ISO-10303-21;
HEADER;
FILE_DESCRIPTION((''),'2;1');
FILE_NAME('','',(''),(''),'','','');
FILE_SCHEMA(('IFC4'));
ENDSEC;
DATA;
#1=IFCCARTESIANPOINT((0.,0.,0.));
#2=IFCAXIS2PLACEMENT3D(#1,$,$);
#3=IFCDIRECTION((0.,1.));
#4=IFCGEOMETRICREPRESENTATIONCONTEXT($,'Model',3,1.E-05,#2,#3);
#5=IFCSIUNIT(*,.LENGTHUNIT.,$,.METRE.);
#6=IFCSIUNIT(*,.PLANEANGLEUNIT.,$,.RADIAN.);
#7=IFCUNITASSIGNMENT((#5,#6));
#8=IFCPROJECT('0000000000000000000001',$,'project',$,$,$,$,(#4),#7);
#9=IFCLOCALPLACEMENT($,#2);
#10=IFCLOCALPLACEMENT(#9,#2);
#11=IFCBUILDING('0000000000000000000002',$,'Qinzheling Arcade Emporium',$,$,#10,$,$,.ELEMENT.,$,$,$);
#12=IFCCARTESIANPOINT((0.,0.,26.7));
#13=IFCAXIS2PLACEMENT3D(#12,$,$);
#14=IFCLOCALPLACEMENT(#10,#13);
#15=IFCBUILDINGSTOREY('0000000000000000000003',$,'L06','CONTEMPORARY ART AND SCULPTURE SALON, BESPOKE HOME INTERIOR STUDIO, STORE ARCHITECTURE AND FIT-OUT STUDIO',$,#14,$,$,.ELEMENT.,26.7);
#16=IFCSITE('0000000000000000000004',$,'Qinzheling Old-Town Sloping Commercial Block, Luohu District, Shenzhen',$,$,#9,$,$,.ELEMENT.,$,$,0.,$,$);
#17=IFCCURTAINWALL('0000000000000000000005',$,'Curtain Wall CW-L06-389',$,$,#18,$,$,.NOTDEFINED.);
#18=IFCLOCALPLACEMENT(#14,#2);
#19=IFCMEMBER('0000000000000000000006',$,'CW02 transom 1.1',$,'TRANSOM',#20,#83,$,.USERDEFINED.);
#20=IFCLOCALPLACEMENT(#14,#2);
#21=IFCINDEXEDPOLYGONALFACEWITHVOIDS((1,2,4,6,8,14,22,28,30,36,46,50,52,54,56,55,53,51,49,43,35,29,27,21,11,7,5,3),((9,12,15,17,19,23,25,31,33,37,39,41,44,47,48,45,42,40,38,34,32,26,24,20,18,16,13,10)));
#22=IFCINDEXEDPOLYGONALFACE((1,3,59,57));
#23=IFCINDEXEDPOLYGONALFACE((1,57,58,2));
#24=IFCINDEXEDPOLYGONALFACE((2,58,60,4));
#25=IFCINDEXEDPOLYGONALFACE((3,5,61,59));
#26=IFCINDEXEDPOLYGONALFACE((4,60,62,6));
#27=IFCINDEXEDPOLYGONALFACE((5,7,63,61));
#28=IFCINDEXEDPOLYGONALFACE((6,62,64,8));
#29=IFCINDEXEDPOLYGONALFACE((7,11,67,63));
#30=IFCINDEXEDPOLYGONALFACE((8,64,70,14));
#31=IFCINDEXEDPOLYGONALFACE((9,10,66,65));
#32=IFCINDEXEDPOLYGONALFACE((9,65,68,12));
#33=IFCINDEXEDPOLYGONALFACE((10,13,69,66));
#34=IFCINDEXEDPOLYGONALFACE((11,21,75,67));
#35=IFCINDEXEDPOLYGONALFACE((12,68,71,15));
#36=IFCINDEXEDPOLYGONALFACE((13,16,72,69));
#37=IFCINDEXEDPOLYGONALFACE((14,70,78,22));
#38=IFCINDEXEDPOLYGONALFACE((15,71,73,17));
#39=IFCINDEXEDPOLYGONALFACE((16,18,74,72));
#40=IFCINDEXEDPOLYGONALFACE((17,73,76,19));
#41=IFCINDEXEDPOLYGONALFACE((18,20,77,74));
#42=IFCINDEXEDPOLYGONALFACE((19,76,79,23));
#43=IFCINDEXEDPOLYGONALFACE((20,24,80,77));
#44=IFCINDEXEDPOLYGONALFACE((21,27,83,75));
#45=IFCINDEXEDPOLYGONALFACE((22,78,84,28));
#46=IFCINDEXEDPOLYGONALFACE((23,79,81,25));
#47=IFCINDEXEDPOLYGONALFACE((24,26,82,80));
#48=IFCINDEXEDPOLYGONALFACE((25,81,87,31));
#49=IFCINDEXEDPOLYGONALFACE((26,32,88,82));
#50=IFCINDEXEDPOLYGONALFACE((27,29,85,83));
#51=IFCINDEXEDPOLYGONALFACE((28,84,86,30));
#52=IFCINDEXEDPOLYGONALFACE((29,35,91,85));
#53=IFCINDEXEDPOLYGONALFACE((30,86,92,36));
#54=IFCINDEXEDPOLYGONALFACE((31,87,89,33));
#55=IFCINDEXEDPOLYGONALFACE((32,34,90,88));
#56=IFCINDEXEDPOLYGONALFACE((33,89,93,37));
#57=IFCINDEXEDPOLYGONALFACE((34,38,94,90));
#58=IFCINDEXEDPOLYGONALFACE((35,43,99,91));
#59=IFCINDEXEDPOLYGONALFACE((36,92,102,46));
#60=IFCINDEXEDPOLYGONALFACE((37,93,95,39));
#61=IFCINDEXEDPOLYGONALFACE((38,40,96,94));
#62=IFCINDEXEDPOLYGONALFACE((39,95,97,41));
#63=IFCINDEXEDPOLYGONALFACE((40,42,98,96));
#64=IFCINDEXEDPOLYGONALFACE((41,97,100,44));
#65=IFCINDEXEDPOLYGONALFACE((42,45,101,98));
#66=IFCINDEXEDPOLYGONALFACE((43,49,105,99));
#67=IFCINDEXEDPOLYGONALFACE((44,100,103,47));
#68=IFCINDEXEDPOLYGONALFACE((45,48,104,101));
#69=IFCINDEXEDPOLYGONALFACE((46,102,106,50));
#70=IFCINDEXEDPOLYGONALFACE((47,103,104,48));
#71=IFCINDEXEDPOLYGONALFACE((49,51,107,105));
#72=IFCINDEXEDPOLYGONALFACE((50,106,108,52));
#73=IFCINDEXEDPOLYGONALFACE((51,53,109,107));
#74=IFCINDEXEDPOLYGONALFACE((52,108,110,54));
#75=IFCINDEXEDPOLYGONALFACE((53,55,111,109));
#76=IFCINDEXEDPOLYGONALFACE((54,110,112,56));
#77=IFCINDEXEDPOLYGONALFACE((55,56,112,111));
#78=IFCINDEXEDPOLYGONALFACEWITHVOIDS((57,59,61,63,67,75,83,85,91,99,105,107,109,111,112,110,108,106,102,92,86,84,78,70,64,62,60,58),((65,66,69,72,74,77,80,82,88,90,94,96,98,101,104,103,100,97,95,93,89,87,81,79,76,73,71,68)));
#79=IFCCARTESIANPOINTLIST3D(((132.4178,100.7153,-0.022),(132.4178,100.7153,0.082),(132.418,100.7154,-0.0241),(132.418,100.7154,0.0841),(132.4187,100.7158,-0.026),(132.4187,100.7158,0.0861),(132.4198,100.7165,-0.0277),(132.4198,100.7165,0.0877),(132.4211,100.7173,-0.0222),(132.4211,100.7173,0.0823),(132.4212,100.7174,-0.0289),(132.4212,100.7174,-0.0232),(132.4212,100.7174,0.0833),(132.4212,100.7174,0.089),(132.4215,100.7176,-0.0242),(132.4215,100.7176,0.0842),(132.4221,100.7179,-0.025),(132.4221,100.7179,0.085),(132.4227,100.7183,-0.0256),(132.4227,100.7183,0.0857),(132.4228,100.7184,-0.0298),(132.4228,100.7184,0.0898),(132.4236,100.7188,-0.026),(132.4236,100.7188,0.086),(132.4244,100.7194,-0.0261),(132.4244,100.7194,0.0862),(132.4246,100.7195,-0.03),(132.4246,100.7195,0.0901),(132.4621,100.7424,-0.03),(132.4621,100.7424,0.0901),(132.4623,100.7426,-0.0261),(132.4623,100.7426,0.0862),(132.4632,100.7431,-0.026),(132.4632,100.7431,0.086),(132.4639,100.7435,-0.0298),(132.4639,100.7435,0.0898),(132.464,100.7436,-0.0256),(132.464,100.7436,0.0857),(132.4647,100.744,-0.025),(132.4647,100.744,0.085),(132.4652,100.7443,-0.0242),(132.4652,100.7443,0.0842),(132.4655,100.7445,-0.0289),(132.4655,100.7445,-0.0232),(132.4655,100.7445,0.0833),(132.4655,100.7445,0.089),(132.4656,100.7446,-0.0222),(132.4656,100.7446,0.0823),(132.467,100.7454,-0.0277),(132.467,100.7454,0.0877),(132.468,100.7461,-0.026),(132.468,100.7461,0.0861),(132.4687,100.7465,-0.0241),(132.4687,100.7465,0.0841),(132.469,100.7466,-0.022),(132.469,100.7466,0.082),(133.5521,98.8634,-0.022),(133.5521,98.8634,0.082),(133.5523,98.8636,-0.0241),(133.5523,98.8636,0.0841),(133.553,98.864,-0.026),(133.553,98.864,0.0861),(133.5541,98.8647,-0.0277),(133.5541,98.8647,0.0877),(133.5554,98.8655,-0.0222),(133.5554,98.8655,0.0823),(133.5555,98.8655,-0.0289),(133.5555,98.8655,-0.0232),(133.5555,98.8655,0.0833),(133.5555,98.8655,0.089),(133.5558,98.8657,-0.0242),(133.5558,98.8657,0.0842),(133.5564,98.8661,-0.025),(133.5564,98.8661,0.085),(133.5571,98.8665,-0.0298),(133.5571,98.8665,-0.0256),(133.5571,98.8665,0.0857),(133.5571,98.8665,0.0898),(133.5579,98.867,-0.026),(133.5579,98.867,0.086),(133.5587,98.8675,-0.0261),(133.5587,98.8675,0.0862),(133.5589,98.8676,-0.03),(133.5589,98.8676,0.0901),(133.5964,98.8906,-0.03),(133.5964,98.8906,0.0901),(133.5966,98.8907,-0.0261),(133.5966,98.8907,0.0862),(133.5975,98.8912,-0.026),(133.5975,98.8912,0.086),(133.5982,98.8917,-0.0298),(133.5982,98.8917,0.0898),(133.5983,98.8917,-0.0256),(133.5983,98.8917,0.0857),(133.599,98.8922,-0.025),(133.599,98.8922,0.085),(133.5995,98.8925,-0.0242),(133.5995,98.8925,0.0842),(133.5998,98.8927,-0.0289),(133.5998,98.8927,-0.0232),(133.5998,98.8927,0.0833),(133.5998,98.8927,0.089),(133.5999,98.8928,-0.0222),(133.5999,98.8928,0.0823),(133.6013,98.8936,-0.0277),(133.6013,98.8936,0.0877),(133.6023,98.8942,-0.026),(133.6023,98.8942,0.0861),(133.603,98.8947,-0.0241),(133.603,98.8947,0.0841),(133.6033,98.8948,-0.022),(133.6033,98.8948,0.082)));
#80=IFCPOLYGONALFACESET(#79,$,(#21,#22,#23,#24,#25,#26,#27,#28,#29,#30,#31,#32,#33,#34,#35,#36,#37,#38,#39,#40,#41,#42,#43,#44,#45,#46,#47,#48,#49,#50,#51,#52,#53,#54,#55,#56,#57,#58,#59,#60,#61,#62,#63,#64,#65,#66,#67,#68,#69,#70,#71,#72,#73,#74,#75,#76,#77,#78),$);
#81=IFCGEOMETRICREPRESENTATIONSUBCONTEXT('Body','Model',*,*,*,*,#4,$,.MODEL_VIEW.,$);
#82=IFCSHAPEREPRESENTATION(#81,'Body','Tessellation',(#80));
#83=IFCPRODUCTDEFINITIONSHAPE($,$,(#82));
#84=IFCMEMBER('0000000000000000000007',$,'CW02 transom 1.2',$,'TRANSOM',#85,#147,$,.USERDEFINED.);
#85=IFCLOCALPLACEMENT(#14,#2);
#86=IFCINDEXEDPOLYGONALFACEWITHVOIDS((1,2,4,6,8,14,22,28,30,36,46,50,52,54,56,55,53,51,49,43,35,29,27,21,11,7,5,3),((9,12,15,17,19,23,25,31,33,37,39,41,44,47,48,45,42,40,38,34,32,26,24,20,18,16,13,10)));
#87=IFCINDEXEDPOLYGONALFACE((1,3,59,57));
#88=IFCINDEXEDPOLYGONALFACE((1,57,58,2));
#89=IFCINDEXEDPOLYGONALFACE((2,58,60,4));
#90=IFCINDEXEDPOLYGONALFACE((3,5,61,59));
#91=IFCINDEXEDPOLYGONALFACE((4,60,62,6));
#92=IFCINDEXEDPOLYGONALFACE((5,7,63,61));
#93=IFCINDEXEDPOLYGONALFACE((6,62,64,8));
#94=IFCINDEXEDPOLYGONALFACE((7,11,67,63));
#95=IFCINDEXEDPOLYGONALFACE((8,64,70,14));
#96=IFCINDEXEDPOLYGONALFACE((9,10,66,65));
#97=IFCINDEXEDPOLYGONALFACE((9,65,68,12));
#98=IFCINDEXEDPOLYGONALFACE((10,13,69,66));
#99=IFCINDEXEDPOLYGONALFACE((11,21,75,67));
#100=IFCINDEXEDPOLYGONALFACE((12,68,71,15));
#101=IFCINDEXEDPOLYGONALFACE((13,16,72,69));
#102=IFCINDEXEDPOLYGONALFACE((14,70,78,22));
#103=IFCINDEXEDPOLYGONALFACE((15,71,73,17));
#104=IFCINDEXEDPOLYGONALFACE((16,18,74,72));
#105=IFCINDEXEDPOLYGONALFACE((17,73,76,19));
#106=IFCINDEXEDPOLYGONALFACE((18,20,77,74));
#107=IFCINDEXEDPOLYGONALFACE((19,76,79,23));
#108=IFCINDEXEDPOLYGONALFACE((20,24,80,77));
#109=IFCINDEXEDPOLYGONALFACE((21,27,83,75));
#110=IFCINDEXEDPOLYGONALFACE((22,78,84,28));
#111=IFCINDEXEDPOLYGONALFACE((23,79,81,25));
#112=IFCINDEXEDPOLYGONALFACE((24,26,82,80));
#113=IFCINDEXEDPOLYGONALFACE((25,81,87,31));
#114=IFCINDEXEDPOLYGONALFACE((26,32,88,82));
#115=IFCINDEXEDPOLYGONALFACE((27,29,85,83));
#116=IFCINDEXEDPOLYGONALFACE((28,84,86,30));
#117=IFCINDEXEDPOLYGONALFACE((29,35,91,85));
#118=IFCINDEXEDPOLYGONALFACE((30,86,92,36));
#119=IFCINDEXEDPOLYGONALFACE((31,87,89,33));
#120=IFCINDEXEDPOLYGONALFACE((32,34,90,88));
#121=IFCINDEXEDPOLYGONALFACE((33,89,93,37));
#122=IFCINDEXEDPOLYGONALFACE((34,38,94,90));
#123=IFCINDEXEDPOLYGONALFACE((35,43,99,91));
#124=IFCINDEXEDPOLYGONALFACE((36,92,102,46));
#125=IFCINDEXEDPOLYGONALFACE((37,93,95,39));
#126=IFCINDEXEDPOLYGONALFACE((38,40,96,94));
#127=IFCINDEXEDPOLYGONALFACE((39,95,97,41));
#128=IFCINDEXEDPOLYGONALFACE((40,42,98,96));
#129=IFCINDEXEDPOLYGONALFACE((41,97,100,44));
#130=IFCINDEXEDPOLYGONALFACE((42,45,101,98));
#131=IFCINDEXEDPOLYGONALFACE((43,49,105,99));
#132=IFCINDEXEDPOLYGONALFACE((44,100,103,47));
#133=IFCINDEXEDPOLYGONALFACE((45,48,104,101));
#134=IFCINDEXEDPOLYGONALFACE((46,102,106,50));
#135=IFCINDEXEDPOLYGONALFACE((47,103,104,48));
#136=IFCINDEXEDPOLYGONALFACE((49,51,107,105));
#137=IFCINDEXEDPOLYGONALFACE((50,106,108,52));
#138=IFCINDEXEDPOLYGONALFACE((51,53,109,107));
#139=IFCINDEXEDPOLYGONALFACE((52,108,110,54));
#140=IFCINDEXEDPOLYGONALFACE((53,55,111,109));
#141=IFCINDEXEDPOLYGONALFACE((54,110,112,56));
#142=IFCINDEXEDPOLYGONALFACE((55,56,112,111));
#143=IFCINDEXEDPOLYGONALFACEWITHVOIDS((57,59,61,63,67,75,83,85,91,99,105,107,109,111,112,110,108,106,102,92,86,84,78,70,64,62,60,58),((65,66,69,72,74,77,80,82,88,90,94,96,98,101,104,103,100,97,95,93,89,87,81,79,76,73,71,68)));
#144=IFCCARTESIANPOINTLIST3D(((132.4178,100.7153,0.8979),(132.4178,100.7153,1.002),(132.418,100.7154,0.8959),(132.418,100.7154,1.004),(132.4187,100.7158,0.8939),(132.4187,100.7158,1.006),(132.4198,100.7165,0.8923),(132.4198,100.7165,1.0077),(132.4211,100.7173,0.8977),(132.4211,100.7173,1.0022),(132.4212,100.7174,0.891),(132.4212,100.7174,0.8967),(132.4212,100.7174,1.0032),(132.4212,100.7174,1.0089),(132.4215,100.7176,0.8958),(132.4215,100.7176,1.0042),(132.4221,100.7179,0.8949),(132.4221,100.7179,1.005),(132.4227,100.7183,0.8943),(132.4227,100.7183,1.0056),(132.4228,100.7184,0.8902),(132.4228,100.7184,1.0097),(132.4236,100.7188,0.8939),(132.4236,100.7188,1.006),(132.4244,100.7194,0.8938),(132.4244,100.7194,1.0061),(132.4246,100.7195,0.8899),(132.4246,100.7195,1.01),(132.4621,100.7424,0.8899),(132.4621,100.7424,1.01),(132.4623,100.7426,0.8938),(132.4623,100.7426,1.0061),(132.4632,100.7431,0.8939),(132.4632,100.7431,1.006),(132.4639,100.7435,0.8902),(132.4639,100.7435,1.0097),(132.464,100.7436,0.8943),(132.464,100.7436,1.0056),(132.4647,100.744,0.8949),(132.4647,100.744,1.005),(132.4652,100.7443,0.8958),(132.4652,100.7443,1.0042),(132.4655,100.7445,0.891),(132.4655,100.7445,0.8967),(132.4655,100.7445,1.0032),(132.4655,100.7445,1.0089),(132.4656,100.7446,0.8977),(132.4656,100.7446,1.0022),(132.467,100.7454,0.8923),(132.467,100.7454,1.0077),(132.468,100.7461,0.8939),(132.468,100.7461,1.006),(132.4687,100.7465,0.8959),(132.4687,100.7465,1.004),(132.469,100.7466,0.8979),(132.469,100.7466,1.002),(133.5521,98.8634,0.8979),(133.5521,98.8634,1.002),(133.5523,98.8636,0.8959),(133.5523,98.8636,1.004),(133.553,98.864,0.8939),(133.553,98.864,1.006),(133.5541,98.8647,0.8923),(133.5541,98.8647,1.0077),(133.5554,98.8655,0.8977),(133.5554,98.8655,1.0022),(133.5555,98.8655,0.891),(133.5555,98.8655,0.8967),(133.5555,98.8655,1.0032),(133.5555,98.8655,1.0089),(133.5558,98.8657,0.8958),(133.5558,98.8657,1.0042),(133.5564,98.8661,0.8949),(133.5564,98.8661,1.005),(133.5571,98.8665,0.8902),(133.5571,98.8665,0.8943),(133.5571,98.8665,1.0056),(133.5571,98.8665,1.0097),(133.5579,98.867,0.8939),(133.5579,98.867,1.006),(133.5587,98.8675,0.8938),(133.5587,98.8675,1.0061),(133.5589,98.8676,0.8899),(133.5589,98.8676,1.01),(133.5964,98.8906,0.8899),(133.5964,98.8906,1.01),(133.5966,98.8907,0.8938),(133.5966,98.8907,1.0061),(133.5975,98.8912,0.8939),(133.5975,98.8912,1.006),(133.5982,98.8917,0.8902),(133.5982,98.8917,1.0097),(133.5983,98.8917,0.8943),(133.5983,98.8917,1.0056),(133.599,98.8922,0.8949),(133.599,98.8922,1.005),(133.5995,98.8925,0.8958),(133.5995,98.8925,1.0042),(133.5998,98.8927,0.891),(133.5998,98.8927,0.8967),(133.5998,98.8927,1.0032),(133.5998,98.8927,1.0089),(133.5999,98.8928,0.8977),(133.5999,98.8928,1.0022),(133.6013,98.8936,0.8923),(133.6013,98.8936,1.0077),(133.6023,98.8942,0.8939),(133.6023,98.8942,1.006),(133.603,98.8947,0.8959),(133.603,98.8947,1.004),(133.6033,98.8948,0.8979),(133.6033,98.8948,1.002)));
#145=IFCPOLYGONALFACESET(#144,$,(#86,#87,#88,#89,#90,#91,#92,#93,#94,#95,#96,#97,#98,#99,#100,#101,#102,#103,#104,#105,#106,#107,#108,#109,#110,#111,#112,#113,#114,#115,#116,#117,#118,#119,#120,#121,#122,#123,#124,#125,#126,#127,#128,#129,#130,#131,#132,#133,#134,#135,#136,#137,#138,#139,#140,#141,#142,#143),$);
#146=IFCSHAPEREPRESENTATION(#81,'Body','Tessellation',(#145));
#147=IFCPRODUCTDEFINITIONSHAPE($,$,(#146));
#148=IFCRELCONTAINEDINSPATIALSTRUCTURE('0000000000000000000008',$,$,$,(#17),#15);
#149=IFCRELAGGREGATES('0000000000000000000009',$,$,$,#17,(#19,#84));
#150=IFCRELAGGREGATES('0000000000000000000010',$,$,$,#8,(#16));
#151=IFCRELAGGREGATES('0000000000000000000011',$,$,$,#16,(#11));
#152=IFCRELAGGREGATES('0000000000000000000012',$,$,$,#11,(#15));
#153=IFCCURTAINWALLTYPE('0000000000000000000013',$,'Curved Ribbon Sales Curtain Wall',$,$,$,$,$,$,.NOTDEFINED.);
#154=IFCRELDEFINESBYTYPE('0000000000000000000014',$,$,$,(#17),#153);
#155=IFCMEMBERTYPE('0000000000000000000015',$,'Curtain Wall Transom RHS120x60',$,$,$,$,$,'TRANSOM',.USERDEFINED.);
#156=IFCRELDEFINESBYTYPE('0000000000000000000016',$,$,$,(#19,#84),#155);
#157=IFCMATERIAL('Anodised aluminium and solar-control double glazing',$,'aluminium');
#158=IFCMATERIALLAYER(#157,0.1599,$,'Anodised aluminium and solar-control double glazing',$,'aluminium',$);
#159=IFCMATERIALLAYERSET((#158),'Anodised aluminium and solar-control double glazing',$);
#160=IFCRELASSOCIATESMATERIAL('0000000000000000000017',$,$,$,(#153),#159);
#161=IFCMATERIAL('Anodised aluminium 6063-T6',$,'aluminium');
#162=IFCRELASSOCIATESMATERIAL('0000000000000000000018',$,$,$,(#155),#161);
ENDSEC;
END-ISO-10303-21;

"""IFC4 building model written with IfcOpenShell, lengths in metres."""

from ifc_helpers import new_model, si_unit, direction, frame, origin, origin_2d, place, context, subcontext, project, spatial, hollow_rectangle, extrude, material, layer, layer_set, material_profile, profile_set, type_object, element, aggregate, save


model = new_model("IFC4")

# Units and contexts
model_context = context("Model", 3, precision=1e-05, world=origin(), true_north=direction((0.0, 1.0)))
body_context = subcontext(model_context, "Body", "Model", "MODEL_VIEW")
ifc_project = project(units=[si_unit("LENGTHUNIT", "METRE"), si_unit("PLANEANGLEUNIT", "RADIAN")], contexts=[model_context])

# Site, building, storey
site_placement = place(None, origin())
site = spatial("IfcSite", under=ifc_project, at=site_placement, Name="Qinzheling Old-Town Sloping Commercial Block, Luohu District, Shenzhen", CompositionType="ELEMENT", RefElevation=0.0)
building_placement = place(site_placement, origin())
building = spatial("IfcBuilding", under=site, at=building_placement, Name="Qinzheling Arcade Emporium", CompositionType="ELEMENT")
storey_placement = place(building_placement, frame((0.0, 0.0, 26.7)))
storey = spatial("IfcBuildingStorey", under=building, at=storey_placement, Name="L06", Description="CONTEMPORARY ART AND SCULPTURE SALON, BESPOKE HOME INTERIOR STUDIO, STORE ARCHITECTURE AND FIT-OUT STUDIO", CompositionType="ELEMENT", Elevation=26.7)

# Shared definitions
ifc_material_1 = material(Name="Anodised aluminium and solar-control double glazing", Category="aluminium")
ifc_layer_1 = layer(ifc_material_1, 0.1599, Name="Anodised aluminium and solar-control double glazing", Category="aluminium")
ifc_layer_set_1 = layer_set([ifc_layer_1], Name="Anodised aluminium and solar-control double glazing")
curtain_wall_type = type_object("IfcCurtainWallType", Name="Curved Ribbon Sales Curtain Wall", PredefinedType="NOTDEFINED", material=ifc_layer_set_1)
ifc_material_2 = material(Name="Anodised aluminium 6063-T6", Category="aluminium")

# Curtain wall
curtain_wall_1_placement = place(storey_placement, origin())
curtain_wall_1 = element("IfcCurtainWall", 1, at=curtain_wall_1_placement, inside=storey, type_object=curtain_wall_type, Name="Curtain Wall CW-L06-389", PredefinedType="NOTDEFINED")

# Members
ifc_material_profile_1 = material_profile(ifc_material_2, hollow_rectangle(XDim=0.0601, YDim=0.1201, WallThickness=0.0039, InnerFilletRadius=0.0039, OuterFilletRadius=0.0081, at=origin_2d()), Name="RHS 120x60x4", Category="aluminium")
ifc_profile_set_1 = profile_set([ifc_material_profile_1], Name="Anodised aluminium 6063-T6")
member_type_1 = type_object("IfcMemberType", Name="Curtain Wall Transom RHS120x60", ElementType="TRANSOM", PredefinedType="USERDEFINED", material=ifc_profile_set_1)
member_1_placement = place(storey_placement, frame((132.4434, 100.731, 0.03), z_axis=(0.522327, -0.852745, 0.0), x_axis=(0.852745, 0.522327, 0.0)))
member_1 = element("IfcMember", 2, at=member_1_placement, type_object=member_type_1, Name="CW02 transom 1.1", ObjectType="TRANSOM", PredefinedType="USERDEFINED", context=body_context, shape_type="SweptSolid", body=[
    extrude(hollow_rectangle(XDim=0.0601, YDim=0.1201, WallThickness=0.0039, InnerFilletRadius=0.0039, OuterFilletRadius=0.0081, at=origin_2d()), origin(), (0.0, 0.0, 1.0), 2.1716),
])
member_2_placement = place(storey_placement, frame((132.4434, 100.731, 0.95), z_axis=(0.522327, -0.852745, 0.0), x_axis=(0.852745, 0.522327, 0.0)))
member_2 = element("IfcMember", 3, at=member_2_placement, type_object=member_type_1, Name="CW02 transom 1.2", ObjectType="TRANSOM", PredefinedType="USERDEFINED", context=body_context, shape_type="SweptSolid", body=[
    extrude(hollow_rectangle(XDim=0.0601, YDim=0.1201, WallThickness=0.0039, InnerFilletRadius=0.0039, OuterFilletRadius=0.0081, at=origin_2d()), origin(), (0.0, 0.0, 1.0), 2.1716),
])

aggregate(curtain_wall_1, [member_1, member_2])

save(model, "model.ifc")
